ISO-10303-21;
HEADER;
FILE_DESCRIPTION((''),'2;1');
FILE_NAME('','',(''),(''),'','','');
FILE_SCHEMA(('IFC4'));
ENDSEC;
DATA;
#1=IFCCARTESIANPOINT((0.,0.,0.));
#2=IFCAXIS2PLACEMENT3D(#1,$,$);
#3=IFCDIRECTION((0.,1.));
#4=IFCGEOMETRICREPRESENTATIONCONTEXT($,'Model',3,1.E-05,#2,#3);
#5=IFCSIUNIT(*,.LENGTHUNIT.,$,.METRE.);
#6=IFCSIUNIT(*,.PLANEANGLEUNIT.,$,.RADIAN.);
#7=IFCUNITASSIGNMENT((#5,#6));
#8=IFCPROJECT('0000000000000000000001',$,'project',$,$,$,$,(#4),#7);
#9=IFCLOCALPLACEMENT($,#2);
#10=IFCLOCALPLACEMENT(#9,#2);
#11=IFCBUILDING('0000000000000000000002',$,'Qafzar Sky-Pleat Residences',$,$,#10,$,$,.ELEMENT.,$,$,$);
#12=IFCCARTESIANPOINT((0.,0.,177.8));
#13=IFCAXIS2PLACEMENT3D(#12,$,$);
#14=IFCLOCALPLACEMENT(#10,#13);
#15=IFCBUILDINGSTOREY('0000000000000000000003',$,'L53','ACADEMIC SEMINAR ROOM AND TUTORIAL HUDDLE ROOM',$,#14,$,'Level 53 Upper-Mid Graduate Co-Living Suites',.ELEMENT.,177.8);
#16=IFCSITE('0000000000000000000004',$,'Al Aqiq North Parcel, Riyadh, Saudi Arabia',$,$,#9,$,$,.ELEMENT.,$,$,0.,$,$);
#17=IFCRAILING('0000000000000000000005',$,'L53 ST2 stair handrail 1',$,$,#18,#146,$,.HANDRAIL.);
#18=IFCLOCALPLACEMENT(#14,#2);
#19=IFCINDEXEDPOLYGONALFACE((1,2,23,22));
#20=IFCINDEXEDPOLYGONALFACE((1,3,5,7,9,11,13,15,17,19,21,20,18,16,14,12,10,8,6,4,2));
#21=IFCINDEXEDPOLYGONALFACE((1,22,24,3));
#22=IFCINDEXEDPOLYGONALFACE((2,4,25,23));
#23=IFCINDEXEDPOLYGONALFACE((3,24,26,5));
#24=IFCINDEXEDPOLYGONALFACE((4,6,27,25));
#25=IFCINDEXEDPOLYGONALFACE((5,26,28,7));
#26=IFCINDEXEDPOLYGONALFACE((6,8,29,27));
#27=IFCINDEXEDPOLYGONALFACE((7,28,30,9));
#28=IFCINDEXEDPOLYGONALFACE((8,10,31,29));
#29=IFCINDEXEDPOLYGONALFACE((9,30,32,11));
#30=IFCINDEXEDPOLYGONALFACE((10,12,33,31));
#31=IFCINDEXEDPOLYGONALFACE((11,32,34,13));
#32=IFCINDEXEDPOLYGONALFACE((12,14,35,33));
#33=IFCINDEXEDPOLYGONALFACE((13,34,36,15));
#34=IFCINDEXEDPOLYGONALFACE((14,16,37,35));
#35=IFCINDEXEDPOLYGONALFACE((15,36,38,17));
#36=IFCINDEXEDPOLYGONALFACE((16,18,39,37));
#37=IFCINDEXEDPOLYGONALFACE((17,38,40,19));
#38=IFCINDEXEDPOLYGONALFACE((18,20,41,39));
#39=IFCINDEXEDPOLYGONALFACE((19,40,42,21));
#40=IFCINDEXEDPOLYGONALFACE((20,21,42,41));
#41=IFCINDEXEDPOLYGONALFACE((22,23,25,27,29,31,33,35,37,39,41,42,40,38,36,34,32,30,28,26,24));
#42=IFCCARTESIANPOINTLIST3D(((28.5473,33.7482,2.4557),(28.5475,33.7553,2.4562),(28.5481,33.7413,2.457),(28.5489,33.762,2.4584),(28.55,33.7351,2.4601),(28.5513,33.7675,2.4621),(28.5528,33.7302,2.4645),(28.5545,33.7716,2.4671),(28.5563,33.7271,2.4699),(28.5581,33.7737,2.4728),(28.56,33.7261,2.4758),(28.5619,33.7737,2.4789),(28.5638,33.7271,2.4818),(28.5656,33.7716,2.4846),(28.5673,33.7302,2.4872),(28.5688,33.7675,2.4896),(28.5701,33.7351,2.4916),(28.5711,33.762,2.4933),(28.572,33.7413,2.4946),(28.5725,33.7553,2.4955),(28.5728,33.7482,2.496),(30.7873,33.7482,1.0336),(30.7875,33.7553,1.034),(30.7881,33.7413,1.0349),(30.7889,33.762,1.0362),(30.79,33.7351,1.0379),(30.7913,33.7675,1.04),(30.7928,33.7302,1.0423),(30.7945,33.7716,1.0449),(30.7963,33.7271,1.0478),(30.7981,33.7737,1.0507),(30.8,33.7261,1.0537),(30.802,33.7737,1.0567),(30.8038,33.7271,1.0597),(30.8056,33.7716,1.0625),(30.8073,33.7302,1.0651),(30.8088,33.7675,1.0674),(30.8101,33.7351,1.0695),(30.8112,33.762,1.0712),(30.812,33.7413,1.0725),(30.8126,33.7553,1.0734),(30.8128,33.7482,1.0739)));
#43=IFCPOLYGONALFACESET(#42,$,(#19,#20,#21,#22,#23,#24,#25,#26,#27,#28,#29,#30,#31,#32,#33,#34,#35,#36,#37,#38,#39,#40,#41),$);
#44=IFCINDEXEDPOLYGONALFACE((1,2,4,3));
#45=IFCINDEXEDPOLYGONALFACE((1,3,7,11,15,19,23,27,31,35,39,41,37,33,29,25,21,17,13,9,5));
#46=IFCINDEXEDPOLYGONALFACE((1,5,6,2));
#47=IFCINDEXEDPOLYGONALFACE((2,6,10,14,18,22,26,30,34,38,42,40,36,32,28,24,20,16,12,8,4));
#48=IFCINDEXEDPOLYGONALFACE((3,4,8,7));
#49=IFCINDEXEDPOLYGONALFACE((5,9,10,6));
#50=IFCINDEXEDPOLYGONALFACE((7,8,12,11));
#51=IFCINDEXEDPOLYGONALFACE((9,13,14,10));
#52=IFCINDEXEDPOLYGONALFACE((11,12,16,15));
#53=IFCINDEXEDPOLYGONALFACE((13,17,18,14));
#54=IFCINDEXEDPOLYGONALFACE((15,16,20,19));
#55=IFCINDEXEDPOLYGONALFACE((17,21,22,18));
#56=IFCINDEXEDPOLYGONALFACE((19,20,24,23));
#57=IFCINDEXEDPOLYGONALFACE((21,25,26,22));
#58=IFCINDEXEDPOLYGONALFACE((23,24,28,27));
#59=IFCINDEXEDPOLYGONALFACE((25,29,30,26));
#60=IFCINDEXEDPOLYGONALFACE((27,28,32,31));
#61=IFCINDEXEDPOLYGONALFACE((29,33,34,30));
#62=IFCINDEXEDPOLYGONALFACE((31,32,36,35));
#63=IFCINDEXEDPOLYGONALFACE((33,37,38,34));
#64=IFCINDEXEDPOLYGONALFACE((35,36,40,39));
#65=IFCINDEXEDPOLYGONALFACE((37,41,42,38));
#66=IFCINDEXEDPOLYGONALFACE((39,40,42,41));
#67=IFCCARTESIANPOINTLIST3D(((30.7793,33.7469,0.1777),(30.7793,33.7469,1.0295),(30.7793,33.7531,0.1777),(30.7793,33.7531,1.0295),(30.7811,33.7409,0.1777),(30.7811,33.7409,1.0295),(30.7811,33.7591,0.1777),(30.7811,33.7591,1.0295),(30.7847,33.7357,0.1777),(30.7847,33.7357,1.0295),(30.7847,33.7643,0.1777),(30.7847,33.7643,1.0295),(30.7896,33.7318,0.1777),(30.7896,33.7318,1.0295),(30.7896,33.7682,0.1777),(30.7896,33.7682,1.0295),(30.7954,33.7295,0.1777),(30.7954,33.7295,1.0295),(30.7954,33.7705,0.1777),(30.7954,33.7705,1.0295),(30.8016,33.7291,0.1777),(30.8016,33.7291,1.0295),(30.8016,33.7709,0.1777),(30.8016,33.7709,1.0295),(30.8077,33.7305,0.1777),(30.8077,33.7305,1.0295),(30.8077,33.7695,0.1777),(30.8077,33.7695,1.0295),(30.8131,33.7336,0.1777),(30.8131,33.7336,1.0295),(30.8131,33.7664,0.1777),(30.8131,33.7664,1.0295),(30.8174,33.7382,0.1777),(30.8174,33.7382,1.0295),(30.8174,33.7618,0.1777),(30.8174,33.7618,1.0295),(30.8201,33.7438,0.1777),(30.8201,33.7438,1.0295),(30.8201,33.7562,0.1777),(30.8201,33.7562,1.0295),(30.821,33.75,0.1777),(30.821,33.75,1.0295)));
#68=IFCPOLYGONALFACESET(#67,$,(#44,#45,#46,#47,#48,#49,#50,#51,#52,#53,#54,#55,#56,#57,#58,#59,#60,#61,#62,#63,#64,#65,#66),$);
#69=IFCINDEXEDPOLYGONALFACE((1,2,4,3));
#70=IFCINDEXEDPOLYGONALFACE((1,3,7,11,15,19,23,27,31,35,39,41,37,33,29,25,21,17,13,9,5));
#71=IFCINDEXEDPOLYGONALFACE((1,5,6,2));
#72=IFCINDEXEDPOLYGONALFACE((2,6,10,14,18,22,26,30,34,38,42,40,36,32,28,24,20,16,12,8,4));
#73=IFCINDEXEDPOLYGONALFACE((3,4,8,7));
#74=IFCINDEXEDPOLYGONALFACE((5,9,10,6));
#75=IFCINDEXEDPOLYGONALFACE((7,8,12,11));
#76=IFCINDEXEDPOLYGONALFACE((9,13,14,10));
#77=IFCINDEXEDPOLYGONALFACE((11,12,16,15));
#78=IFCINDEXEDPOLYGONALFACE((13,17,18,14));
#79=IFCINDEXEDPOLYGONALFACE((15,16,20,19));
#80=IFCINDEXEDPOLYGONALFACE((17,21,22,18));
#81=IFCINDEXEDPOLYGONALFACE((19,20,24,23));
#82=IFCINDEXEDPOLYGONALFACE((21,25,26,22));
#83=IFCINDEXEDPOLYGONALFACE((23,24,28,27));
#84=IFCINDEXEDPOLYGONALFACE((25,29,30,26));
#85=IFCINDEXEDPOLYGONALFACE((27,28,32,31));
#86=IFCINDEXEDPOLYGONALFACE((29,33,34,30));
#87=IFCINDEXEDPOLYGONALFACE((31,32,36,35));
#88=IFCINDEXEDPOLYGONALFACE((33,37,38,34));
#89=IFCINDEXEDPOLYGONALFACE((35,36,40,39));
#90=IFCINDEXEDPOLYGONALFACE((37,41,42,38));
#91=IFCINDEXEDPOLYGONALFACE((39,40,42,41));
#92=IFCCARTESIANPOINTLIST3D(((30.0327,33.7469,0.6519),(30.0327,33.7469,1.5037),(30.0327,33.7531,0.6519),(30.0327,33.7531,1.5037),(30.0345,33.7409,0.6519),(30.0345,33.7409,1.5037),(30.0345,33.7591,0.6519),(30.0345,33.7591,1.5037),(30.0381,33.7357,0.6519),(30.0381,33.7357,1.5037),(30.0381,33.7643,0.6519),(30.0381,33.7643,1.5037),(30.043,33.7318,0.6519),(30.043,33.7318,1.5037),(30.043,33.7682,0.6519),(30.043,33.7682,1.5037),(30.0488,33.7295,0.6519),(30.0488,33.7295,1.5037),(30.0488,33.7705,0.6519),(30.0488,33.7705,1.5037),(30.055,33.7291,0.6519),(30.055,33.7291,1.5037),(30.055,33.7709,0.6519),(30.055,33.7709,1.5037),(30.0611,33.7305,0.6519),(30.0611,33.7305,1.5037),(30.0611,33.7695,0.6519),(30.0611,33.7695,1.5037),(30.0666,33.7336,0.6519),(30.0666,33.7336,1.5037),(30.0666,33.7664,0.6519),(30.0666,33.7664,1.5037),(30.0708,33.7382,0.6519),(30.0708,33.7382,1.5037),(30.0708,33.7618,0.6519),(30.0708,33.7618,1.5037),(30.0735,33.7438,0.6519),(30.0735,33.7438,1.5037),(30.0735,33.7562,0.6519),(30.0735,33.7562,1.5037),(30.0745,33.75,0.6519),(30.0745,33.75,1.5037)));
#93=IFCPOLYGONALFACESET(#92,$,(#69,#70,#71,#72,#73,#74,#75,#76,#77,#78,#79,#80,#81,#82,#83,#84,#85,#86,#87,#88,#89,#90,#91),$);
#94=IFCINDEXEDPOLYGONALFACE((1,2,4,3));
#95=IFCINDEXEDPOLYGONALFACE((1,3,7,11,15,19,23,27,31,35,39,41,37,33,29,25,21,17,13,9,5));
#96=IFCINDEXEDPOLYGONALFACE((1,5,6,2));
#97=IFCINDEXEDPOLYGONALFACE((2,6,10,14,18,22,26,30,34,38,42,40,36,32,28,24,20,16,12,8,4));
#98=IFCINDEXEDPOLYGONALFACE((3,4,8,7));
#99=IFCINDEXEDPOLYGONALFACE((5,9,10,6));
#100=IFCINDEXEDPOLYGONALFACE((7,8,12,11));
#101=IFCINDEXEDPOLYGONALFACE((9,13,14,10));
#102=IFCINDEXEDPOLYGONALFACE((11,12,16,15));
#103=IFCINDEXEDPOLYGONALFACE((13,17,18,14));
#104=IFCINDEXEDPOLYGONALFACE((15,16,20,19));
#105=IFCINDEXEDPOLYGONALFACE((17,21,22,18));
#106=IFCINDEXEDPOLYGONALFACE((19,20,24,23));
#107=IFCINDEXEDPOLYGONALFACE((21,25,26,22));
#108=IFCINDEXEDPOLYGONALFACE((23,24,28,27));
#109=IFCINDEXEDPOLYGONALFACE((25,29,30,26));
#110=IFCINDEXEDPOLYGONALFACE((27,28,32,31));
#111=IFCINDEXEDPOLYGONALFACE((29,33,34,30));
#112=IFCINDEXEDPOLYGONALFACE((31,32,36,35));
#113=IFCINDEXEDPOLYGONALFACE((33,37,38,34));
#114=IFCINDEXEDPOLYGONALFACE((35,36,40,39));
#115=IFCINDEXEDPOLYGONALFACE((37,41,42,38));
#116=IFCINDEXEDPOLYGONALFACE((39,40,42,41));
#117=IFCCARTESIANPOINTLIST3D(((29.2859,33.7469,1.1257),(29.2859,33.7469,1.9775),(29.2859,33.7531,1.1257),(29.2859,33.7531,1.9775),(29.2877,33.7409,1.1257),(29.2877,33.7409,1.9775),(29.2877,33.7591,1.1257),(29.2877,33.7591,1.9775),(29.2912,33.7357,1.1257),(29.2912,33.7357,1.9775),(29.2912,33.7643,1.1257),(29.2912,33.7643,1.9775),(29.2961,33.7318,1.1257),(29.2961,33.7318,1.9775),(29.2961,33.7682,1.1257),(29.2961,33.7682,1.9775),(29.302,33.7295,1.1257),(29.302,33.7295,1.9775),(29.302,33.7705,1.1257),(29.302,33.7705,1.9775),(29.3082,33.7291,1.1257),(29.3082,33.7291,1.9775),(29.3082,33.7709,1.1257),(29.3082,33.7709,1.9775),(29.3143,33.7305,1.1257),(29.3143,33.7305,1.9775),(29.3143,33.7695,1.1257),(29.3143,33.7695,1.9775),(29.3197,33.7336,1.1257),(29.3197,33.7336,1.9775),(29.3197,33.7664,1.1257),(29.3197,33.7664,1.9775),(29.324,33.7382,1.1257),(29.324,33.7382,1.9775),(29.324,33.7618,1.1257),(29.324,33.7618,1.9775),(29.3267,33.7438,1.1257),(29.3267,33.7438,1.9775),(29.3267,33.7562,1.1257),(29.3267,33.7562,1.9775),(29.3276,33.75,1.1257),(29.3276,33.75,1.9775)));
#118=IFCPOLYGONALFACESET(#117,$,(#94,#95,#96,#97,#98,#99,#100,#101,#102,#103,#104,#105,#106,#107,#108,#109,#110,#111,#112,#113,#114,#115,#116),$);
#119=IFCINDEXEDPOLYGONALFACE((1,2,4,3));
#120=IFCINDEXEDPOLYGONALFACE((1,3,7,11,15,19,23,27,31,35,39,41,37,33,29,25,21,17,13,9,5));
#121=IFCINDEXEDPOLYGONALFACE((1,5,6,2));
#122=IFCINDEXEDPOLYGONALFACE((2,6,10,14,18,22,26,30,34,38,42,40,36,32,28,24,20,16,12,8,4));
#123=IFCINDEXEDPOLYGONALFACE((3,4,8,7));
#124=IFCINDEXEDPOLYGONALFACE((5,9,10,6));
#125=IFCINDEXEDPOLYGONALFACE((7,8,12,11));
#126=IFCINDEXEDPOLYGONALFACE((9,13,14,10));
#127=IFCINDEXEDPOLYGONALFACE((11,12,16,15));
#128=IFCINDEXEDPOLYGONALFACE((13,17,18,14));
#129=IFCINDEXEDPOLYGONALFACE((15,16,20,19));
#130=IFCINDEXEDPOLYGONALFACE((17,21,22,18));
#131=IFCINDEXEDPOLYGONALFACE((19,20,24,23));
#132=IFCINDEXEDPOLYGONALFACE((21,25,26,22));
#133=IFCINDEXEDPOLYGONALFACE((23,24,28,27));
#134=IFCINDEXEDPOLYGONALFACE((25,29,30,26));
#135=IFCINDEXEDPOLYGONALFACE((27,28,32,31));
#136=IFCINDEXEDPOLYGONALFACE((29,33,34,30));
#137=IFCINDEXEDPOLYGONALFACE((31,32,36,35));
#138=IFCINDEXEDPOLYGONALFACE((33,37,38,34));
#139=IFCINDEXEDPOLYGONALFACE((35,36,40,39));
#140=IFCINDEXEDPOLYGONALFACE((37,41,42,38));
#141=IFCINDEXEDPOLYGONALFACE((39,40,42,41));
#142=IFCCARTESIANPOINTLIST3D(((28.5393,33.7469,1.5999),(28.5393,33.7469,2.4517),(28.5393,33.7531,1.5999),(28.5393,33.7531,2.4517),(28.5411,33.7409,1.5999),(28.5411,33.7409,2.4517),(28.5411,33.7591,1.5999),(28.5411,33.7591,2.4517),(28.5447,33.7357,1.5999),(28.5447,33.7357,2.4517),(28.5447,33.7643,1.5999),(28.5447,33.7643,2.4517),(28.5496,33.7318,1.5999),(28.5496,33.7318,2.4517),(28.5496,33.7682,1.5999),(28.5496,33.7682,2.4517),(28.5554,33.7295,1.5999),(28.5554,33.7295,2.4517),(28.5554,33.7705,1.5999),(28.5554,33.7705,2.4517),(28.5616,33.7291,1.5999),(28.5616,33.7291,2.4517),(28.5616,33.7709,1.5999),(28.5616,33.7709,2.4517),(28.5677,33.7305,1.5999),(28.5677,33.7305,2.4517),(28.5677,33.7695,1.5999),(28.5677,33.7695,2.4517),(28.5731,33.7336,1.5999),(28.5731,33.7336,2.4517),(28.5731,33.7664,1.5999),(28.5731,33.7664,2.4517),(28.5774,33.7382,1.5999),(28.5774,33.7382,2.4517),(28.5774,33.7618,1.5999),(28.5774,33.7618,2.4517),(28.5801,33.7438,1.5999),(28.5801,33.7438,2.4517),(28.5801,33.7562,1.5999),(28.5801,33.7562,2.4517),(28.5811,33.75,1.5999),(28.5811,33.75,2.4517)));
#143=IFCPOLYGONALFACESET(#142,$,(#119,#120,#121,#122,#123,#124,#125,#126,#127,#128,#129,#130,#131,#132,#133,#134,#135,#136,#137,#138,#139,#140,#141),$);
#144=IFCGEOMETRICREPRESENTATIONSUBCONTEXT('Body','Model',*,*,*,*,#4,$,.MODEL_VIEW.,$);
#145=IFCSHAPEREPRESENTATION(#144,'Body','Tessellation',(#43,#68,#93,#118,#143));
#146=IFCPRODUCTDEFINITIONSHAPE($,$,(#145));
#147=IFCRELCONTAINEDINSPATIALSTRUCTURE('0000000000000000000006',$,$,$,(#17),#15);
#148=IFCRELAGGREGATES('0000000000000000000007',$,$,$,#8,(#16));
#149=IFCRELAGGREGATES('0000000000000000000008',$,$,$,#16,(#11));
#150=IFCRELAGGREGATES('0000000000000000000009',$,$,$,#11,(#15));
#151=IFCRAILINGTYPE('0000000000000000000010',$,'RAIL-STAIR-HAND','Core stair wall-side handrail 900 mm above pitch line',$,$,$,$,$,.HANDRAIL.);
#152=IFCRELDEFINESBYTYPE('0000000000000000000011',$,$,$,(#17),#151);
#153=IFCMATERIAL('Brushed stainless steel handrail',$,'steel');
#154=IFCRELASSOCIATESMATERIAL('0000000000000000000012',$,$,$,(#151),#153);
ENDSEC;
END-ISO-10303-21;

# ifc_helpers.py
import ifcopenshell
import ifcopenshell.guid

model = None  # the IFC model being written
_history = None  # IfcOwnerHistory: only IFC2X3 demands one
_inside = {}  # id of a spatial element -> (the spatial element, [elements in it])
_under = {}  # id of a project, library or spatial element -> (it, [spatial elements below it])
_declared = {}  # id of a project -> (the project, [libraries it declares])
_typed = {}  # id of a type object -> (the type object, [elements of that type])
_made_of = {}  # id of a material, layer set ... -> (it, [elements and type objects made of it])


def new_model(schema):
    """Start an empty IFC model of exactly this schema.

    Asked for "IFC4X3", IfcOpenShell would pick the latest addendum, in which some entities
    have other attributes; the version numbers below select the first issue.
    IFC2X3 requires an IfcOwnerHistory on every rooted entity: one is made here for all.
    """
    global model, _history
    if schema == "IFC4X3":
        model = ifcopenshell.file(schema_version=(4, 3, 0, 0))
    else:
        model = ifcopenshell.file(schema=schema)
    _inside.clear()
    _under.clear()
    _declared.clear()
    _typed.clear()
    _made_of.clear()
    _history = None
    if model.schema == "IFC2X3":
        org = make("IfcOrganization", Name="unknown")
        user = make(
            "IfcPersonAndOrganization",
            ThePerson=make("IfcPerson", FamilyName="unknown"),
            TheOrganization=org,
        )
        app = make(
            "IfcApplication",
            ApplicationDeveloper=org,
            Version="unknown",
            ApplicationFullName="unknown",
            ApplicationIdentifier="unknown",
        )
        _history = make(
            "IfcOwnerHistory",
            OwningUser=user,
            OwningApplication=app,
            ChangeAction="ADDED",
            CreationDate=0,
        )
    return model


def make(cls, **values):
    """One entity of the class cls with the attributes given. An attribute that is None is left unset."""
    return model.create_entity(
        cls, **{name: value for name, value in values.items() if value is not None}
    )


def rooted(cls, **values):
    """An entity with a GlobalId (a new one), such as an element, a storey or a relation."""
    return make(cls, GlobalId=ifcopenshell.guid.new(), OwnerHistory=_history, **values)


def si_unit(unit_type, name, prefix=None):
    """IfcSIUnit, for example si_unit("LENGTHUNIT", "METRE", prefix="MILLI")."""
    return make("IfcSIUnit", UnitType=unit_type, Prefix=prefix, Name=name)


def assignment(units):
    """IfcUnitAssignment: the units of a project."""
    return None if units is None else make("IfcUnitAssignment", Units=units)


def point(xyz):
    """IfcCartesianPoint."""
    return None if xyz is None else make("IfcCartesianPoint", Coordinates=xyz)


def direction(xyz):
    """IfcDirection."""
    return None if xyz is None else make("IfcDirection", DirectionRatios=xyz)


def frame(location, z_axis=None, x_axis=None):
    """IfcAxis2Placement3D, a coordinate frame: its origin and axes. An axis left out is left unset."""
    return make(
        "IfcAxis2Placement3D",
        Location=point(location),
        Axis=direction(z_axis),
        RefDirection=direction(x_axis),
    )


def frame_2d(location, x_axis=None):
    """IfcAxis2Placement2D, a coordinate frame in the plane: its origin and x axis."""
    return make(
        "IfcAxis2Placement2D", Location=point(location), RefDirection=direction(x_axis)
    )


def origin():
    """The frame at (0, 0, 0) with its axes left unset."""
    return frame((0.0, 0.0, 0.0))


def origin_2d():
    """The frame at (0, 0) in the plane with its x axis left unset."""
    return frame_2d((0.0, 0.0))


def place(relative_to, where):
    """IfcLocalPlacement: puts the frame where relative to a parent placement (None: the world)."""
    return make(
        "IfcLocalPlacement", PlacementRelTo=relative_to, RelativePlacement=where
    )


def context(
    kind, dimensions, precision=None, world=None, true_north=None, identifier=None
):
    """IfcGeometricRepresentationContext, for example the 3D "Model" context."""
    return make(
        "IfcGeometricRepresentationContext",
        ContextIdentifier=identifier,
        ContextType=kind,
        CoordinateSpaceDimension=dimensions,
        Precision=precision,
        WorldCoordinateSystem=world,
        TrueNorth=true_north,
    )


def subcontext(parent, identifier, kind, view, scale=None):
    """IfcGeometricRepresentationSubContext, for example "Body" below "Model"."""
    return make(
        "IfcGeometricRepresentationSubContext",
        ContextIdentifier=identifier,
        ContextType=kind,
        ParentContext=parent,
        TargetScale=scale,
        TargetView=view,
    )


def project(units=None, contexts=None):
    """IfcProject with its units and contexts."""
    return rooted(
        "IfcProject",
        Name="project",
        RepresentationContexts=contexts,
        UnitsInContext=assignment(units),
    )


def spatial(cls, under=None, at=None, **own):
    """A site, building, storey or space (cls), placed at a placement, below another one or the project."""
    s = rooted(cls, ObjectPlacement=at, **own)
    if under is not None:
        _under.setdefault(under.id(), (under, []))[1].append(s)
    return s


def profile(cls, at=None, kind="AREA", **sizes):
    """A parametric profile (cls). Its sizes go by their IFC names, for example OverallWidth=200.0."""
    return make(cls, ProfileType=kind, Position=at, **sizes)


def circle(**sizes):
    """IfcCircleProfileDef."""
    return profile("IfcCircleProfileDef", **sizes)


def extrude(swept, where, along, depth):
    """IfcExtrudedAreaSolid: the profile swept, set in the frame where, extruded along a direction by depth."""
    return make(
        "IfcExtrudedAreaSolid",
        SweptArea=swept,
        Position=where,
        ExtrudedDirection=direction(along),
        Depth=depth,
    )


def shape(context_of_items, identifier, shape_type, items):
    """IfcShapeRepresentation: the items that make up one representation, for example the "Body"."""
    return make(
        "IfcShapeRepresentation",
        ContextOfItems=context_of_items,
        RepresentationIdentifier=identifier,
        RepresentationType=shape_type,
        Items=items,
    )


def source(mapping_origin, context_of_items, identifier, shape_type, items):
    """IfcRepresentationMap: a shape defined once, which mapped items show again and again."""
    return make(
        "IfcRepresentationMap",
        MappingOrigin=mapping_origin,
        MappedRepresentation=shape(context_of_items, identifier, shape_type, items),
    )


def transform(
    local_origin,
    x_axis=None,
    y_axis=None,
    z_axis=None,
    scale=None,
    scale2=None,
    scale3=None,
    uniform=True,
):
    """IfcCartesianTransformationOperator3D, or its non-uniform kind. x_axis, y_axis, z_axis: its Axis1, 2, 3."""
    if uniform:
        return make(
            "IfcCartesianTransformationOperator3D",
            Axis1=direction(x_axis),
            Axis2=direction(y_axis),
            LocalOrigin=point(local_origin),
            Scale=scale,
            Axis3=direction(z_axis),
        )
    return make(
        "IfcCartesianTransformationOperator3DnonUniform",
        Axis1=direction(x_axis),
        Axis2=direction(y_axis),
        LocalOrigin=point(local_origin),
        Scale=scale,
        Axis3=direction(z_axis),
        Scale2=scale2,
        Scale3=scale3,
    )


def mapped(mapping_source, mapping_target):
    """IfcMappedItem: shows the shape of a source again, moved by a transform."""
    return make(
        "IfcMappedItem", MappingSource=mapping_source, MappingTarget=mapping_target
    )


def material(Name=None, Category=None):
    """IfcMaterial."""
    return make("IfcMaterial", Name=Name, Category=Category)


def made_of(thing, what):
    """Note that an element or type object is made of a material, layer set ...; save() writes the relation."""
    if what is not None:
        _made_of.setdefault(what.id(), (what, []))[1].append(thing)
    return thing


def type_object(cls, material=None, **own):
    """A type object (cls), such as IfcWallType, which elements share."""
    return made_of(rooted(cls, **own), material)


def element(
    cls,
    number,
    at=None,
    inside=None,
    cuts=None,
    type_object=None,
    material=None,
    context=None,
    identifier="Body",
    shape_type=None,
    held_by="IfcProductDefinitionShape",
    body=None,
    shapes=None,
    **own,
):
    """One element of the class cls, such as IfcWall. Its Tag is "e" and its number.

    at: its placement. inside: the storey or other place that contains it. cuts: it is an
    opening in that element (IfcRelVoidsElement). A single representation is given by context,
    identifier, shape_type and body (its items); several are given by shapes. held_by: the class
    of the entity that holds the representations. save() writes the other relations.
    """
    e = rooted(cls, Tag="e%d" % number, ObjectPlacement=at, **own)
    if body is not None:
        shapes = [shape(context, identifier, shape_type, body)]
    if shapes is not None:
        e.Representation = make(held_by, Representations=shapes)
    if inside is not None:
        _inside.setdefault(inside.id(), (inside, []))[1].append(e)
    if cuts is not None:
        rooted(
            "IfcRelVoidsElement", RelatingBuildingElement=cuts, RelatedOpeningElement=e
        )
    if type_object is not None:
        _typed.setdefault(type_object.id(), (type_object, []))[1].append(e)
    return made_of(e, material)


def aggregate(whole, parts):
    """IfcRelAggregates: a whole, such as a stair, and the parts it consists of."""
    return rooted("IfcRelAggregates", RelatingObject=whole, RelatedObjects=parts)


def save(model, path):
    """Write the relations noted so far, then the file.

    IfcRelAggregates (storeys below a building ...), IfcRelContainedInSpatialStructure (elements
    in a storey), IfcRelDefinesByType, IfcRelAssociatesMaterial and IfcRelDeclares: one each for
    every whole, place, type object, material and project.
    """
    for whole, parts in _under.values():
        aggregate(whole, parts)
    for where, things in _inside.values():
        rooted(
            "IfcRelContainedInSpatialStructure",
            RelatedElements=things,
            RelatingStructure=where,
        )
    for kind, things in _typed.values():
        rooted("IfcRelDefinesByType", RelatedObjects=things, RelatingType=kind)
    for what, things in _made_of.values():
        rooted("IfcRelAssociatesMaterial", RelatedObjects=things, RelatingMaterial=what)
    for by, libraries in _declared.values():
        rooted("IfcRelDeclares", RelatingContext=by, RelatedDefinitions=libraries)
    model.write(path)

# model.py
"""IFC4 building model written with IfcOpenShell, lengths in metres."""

from ifc_helpers import new_model, si_unit, direction, frame, origin, origin_2d, place, context, subcontext, project, spatial, circle, extrude, source, transform, mapped, material, type_object, element, save


model = new_model("IFC4")

# Units and contexts
model_context = context("Model", 3, precision=1e-05, world=origin(), true_north=direction((0.0, 1.0)))
body_context = subcontext(model_context, "Body", "Model", "MODEL_VIEW")
ifc_project = project(units=[si_unit("LENGTHUNIT", "METRE"), si_unit("PLANEANGLEUNIT", "RADIAN")], contexts=[model_context])

# Site, building, storey
site_placement = place(None, origin())
site = spatial("IfcSite", under=ifc_project, at=site_placement, Name="Al Aqiq North Parcel, Riyadh, Saudi Arabia", CompositionType="ELEMENT", RefElevation=0.0)
building_placement = place(site_placement, origin())
building = spatial("IfcBuilding", under=site, at=building_placement, Name="Qafzar Sky-Pleat Residences", CompositionType="ELEMENT")
storey_placement = place(building_placement, frame((0.0, 0.0, 177.8)))
storey = spatial("IfcBuildingStorey", under=building, at=storey_placement, Name="L53", Description="ACADEMIC SEMINAR ROOM AND TUTORIAL HUDDLE ROOM", LongName="Level 53 Upper-Mid Graduate Co-Living Suites", CompositionType="ELEMENT", Elevation=177.8)

# Railing
ifc_material_1 = material(Name="Brushed stainless steel handrail", Category="steel")
railing_type_1 = type_object("IfcRailingType", Name="RAIL-STAIR-HAND", Description="Core stair wall-side handrail 900 mm above pitch line", PredefinedType="HANDRAIL", material=ifc_material_1)
shared_shape_1 = source(origin(), body_context, "Body", "SweptSolid", [
    extrude(circle(Radius=0.0239, at=origin_2d()), frame((0.0, 0.0, 0.876), z_axis=(-0.844229, 0.0, 0.535982), x_axis=(0.0, -1.0, 0.0)), (0.0, 0.0, 1.0), 2.6533),
    extrude(circle(Radius=0.021, at=origin_2d()), origin(), (0.0, 0.0, 1.0), 0.8518),
    extrude(circle(Radius=0.021, at=origin_2d()), frame((-0.7466, 0.0, 0.4741)), (0.0, 0.0, 1.0), 0.8518),
    extrude(circle(Radius=0.021, at=origin_2d()), frame((-1.4934, 0.0, 0.948)), (0.0, 0.0, 1.0), 0.8518),
    extrude(circle(Radius=0.021, at=origin_2d()), frame((-2.24, 0.0, 1.4221)), (0.0, 0.0, 1.0), 0.8518),
])
railing_1_placement = place(storey_placement, frame((30.8, 33.75, 0.1777)))
element("IfcRailing", 1, at=railing_1_placement, inside=storey, type_object=railing_type_1, Name="L53 ST2 stair handrail 1", PredefinedType="HANDRAIL", context=body_context, shape_type="MappedRepresentation", body=[
    mapped(shared_shape_1, transform((0.0, 0.0, 0.0), x_axis=(1.0, 0.0, 0.0), y_axis=(0.0, 1.0, 0.0), z_axis=(0.0, 0.0, 1.0), scale=1.0)),
])

save(model, "model.ifc")
